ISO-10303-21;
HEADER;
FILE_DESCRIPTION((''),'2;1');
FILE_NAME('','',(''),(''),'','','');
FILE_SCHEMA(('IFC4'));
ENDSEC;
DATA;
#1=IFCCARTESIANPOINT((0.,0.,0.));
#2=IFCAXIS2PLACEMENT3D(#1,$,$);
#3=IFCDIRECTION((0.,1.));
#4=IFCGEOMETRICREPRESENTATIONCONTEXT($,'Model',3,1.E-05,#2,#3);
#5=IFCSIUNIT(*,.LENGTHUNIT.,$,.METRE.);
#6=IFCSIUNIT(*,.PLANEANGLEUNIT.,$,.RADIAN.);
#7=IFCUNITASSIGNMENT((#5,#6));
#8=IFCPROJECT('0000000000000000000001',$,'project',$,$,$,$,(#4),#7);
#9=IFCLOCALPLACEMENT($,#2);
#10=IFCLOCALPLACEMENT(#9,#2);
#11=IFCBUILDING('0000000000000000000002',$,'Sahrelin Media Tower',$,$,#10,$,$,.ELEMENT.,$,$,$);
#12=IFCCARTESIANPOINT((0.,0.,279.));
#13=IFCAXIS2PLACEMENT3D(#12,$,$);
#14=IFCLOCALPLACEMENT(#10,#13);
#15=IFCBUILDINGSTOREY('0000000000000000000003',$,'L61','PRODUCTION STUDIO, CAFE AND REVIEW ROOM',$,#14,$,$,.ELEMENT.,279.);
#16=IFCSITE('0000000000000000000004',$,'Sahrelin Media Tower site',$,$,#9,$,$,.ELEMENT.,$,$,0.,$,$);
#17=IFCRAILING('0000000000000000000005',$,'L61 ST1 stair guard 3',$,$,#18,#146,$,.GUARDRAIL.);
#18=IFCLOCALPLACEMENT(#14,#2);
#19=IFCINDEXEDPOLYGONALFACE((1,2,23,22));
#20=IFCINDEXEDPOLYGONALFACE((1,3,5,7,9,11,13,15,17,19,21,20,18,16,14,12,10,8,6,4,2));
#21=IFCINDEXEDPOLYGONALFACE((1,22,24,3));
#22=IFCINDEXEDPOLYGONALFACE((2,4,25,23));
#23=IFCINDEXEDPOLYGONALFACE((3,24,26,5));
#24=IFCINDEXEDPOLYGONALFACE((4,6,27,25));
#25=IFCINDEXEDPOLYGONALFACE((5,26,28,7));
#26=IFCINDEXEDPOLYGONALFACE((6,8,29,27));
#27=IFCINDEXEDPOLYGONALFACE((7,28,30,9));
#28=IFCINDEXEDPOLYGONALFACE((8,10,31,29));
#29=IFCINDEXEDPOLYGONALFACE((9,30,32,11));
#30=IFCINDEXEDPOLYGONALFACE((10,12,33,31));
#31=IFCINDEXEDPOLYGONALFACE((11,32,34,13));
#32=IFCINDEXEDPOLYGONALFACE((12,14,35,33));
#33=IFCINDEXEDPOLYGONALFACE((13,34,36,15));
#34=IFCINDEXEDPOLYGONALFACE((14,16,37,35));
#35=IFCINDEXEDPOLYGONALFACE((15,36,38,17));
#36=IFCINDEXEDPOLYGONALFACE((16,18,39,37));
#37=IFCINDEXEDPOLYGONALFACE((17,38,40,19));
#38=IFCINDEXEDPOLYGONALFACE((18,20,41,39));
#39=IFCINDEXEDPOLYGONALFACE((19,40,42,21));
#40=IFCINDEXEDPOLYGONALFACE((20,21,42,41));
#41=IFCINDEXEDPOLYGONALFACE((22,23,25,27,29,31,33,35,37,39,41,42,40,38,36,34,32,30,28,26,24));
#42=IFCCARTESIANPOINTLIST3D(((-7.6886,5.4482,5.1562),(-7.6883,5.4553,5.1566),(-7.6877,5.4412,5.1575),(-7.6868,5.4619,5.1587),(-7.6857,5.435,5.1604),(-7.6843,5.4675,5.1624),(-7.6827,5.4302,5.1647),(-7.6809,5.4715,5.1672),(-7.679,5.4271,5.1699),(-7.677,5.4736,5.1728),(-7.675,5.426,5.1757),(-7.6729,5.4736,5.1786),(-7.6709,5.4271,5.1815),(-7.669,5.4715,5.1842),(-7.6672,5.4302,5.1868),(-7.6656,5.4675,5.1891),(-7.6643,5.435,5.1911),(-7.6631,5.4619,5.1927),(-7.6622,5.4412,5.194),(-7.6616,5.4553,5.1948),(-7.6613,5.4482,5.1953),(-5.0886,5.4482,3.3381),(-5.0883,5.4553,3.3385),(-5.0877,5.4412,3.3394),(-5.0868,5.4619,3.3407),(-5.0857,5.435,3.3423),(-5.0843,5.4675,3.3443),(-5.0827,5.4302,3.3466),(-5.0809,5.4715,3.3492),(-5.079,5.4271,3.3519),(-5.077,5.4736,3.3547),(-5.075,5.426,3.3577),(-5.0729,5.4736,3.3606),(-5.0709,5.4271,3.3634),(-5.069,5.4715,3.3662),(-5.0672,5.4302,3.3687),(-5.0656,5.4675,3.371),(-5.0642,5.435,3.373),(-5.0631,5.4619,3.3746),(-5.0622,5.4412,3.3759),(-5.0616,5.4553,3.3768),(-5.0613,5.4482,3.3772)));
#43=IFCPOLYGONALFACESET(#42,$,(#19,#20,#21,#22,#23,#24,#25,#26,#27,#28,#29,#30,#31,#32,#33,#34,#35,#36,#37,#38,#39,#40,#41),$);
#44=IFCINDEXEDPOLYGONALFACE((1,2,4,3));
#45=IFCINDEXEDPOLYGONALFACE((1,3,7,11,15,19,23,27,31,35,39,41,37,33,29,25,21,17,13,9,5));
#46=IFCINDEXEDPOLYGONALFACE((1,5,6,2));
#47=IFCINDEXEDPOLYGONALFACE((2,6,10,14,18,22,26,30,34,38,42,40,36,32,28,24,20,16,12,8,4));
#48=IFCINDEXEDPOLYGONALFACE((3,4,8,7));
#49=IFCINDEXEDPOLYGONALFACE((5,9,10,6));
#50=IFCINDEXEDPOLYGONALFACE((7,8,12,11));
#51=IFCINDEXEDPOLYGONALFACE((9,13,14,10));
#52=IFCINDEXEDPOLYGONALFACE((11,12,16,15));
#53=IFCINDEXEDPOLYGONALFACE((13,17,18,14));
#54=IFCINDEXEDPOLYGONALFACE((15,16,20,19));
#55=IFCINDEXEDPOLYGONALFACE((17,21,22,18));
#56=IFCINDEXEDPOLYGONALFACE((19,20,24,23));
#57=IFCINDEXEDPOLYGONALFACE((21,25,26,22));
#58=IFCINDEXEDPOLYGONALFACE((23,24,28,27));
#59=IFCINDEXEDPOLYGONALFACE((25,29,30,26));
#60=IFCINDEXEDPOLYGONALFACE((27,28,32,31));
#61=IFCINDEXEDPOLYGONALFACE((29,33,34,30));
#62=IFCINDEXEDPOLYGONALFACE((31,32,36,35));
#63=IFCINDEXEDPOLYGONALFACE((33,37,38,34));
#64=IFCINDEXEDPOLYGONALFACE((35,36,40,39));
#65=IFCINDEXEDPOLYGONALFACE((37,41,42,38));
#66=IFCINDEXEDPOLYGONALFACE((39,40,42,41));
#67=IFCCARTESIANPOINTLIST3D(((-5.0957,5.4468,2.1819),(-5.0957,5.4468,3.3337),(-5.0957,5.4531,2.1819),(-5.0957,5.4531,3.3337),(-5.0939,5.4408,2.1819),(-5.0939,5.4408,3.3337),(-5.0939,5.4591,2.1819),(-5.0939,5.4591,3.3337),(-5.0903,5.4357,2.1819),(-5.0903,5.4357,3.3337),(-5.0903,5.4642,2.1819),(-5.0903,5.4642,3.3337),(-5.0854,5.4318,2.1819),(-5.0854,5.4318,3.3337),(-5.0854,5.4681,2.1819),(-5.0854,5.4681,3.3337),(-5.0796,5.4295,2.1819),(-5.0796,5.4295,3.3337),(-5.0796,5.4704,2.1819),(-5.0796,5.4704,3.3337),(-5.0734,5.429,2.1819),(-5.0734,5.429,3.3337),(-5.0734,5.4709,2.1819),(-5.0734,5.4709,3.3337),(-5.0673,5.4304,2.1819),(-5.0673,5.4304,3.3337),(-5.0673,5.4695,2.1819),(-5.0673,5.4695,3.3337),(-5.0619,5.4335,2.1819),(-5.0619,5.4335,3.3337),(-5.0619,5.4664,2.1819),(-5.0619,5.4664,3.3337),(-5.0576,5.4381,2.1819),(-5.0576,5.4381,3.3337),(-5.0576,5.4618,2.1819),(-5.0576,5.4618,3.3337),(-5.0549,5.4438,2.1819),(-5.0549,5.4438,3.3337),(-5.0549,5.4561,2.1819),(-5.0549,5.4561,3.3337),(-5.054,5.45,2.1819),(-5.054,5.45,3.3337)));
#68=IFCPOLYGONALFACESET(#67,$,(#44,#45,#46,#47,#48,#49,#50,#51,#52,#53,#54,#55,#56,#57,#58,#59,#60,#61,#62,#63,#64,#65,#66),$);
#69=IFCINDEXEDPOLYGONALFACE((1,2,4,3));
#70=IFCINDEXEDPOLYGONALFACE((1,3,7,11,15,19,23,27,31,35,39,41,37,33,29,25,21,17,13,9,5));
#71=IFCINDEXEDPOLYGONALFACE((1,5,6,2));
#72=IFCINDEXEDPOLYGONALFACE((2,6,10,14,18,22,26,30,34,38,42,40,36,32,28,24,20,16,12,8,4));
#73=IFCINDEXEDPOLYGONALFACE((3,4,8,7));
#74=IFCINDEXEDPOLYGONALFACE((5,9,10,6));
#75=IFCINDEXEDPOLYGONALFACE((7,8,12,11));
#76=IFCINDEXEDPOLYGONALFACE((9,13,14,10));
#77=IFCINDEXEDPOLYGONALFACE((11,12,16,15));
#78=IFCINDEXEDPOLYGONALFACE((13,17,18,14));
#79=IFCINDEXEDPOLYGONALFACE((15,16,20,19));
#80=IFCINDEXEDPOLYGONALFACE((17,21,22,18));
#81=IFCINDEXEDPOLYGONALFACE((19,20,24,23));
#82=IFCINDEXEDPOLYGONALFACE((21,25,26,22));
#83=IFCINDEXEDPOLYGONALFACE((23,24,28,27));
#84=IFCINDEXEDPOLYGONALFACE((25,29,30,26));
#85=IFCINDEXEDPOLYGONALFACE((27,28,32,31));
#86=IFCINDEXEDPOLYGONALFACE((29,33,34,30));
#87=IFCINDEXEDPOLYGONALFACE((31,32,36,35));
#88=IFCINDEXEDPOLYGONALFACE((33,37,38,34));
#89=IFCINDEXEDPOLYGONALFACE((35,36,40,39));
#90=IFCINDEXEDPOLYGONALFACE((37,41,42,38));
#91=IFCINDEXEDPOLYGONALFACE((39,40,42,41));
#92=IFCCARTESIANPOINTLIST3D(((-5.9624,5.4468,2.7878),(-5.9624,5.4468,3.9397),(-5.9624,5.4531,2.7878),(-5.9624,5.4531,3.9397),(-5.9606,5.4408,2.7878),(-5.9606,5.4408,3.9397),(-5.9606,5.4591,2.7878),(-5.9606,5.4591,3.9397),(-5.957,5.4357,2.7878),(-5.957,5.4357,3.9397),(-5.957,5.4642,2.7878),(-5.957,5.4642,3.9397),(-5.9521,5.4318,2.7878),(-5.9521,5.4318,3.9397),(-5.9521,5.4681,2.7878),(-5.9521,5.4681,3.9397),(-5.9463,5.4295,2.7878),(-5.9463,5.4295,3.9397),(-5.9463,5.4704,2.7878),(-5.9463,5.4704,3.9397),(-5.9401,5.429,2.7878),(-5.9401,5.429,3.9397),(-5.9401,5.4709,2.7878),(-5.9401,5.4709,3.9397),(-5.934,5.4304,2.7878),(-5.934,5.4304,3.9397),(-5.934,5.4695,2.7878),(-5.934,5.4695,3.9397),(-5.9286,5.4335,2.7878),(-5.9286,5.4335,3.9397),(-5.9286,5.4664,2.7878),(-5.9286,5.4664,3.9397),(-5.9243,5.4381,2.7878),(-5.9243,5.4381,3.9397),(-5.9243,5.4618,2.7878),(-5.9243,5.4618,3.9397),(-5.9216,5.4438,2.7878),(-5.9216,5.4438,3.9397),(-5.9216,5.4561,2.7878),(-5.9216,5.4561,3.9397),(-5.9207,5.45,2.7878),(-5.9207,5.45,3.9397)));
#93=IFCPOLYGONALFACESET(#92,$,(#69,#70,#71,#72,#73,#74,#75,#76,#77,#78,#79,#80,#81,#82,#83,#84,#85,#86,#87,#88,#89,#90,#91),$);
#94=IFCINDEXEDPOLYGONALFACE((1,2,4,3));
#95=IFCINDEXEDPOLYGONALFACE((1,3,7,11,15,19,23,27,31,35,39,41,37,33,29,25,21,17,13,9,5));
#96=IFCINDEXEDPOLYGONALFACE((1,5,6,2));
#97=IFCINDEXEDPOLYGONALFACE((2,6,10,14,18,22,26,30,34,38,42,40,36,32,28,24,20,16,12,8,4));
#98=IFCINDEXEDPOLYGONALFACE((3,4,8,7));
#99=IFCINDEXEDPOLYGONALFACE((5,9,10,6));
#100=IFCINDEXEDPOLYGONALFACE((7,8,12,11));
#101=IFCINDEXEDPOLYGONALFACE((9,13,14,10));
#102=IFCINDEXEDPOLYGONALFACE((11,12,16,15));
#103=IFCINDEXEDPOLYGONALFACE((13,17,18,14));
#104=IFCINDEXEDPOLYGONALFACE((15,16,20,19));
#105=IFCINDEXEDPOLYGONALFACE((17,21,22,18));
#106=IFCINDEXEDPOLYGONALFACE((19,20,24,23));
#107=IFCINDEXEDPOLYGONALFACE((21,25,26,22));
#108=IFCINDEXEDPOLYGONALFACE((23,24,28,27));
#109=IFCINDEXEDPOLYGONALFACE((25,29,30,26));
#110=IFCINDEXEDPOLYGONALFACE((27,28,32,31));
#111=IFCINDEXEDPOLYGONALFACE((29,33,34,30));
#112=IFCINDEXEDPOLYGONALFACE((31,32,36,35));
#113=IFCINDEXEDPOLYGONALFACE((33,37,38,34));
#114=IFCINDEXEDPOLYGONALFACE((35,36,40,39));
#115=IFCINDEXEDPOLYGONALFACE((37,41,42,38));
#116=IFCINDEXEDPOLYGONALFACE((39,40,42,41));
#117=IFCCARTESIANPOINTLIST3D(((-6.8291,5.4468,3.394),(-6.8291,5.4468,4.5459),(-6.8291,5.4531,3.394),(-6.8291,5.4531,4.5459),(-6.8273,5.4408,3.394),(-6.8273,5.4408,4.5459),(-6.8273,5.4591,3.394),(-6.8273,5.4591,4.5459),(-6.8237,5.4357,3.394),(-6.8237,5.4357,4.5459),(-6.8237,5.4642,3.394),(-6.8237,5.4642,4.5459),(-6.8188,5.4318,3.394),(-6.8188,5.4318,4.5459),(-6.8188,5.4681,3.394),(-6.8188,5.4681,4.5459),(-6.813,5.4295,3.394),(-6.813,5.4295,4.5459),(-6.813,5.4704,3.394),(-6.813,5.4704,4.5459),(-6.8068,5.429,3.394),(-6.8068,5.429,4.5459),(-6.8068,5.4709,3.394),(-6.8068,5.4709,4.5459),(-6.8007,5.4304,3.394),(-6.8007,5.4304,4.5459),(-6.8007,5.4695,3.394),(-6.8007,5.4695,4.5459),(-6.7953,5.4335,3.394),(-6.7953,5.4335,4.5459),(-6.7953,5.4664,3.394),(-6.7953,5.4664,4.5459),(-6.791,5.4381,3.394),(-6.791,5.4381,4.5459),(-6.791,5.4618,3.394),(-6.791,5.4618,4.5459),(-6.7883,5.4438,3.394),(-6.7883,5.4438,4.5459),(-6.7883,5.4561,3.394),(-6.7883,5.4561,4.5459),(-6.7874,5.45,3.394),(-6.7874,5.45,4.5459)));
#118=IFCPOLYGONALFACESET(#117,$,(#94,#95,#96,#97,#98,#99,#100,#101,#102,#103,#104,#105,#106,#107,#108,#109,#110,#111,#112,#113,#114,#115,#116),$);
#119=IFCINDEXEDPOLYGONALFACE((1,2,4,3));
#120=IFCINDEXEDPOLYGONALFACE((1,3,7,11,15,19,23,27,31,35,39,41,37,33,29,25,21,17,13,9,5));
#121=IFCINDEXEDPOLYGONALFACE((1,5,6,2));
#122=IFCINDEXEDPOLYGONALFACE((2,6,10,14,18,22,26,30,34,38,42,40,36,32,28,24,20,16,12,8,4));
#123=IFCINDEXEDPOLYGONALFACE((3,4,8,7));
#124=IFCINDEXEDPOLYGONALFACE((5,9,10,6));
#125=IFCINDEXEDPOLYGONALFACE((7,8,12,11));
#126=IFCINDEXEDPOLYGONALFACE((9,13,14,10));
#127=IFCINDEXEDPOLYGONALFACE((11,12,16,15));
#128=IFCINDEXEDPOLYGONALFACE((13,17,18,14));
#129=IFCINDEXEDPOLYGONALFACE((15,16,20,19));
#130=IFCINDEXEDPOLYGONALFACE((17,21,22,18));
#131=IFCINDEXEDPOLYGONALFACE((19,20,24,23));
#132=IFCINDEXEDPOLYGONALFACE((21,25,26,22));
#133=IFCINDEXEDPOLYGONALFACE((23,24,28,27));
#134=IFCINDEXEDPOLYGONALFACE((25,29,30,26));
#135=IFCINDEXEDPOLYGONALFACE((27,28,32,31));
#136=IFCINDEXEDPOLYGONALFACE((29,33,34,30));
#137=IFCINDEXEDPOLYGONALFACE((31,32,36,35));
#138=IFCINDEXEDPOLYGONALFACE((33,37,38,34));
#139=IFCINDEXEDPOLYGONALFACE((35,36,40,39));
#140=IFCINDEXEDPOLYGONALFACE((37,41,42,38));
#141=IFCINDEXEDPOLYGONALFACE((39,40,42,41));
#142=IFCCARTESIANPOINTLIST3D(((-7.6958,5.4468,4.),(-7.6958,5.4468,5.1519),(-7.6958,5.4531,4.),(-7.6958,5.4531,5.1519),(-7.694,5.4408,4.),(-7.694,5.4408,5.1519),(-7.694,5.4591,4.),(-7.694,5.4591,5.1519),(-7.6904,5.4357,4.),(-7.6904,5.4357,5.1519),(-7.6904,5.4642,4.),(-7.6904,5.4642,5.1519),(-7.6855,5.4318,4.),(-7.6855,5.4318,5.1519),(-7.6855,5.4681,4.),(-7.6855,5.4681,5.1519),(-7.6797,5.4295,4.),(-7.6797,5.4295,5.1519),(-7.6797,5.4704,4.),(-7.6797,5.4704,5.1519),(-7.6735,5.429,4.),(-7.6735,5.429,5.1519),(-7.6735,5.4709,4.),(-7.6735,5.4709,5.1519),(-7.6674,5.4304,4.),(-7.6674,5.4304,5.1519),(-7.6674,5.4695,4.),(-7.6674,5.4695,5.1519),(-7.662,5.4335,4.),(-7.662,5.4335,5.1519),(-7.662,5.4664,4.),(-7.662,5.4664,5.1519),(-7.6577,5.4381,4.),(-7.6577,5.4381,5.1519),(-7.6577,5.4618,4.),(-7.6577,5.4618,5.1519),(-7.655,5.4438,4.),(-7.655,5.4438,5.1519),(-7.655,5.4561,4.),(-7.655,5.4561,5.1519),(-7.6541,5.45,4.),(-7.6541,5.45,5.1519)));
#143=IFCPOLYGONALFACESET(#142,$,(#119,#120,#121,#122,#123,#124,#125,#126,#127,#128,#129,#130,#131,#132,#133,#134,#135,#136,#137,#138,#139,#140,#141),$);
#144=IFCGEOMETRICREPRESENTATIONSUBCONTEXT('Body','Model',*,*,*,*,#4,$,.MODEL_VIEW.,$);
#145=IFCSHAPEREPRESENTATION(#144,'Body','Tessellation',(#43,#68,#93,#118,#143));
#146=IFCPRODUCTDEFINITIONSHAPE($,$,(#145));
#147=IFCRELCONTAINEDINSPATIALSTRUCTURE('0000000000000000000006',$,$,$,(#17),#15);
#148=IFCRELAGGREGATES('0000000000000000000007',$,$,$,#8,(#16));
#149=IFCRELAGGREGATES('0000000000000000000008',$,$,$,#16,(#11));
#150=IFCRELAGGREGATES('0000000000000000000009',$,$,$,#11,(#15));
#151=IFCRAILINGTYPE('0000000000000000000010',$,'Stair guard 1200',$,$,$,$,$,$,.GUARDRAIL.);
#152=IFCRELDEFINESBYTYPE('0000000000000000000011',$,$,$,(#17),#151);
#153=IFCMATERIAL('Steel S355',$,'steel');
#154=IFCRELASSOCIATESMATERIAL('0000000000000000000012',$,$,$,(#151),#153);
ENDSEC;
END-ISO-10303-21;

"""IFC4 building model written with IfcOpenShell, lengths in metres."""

from ifc_helpers import new_model, si_unit, direction, frame, origin, origin_2d, place, context, subcontext, project, spatial, circle, extrude, material, type_object, element, save


model = new_model("IFC4")

# Units and contexts
model_context = context("Model", 3, precision=1e-05, world=origin(), true_north=direction((0.0, 1.0)))
body_context = subcontext(model_context, "Body", "Model", "MODEL_VIEW")
ifc_project = project(units=[si_unit("LENGTHUNIT", "METRE"), si_unit("PLANEANGLEUNIT", "RADIAN")], contexts=[model_context])

# Site, building, storey
site_placement = place(None, origin())
site = spatial("IfcSite", under=ifc_project, at=site_placement, Name="Sahrelin Media Tower site", CompositionType="ELEMENT", RefElevation=0.0)
building_placement = place(site_placement, origin())
building = spatial("IfcBuilding", under=site, at=building_placement, Name="Sahrelin Media Tower", CompositionType="ELEMENT")
storey_placement = place(building_placement, frame((0.0, 0.0, 279.0)))
storey = spatial("IfcBuildingStorey", under=building, at=storey_placement, Name="L61", Description="PRODUCTION STUDIO, CAFE AND REVIEW ROOM", CompositionType="ELEMENT", Elevation=279.0)

# Shared definitions
ifc_material_1 = material(Name="Steel S355", Category="steel")

# Railing
railing_type_1 = type_object("IfcRailingType", Name="Stair guard 1200", PredefinedType="GUARDRAIL", material=ifc_material_1)
railing_1_placement = place(storey_placement, frame((-5.075, 5.45, 2.1819)))
element("IfcRailing", 1, at=railing_1_placement, inside=storey, type_object=railing_type_1, Name="L61 ST1 stair guard 3", PredefinedType="GUARDRAIL", context=body_context, shape_type="SweptSolid", body=[
    extrude(circle(Radius=0.0239, at=origin_2d()), frame((0.0, 0.0, 1.1758), z_axis=(-0.819521, 0.0, 0.573049), x_axis=(0.0, -1.0, 0.0)), (0.0, 0.0, 1.0), 3.1726),
    extrude(circle(Radius=0.021, at=origin_2d()), origin(), (0.0, 0.0, 1.0), 1.1519),
    extrude(circle(Radius=0.021, at=origin_2d()), frame((-0.8667, 0.0, 0.606)), (0.0, 0.0, 1.0), 1.1519),
    extrude(circle(Radius=0.021, at=origin_2d()), frame((-1.7334, 0.0, 1.2122)), (0.0, 0.0, 1.0), 1.1519),
    extrude(circle(Radius=0.021, at=origin_2d()), frame((-2.6001, 0.0, 1.8181)), (0.0, 0.0, 1.0), 1.1519),
])

save(model, "model.ifc")
